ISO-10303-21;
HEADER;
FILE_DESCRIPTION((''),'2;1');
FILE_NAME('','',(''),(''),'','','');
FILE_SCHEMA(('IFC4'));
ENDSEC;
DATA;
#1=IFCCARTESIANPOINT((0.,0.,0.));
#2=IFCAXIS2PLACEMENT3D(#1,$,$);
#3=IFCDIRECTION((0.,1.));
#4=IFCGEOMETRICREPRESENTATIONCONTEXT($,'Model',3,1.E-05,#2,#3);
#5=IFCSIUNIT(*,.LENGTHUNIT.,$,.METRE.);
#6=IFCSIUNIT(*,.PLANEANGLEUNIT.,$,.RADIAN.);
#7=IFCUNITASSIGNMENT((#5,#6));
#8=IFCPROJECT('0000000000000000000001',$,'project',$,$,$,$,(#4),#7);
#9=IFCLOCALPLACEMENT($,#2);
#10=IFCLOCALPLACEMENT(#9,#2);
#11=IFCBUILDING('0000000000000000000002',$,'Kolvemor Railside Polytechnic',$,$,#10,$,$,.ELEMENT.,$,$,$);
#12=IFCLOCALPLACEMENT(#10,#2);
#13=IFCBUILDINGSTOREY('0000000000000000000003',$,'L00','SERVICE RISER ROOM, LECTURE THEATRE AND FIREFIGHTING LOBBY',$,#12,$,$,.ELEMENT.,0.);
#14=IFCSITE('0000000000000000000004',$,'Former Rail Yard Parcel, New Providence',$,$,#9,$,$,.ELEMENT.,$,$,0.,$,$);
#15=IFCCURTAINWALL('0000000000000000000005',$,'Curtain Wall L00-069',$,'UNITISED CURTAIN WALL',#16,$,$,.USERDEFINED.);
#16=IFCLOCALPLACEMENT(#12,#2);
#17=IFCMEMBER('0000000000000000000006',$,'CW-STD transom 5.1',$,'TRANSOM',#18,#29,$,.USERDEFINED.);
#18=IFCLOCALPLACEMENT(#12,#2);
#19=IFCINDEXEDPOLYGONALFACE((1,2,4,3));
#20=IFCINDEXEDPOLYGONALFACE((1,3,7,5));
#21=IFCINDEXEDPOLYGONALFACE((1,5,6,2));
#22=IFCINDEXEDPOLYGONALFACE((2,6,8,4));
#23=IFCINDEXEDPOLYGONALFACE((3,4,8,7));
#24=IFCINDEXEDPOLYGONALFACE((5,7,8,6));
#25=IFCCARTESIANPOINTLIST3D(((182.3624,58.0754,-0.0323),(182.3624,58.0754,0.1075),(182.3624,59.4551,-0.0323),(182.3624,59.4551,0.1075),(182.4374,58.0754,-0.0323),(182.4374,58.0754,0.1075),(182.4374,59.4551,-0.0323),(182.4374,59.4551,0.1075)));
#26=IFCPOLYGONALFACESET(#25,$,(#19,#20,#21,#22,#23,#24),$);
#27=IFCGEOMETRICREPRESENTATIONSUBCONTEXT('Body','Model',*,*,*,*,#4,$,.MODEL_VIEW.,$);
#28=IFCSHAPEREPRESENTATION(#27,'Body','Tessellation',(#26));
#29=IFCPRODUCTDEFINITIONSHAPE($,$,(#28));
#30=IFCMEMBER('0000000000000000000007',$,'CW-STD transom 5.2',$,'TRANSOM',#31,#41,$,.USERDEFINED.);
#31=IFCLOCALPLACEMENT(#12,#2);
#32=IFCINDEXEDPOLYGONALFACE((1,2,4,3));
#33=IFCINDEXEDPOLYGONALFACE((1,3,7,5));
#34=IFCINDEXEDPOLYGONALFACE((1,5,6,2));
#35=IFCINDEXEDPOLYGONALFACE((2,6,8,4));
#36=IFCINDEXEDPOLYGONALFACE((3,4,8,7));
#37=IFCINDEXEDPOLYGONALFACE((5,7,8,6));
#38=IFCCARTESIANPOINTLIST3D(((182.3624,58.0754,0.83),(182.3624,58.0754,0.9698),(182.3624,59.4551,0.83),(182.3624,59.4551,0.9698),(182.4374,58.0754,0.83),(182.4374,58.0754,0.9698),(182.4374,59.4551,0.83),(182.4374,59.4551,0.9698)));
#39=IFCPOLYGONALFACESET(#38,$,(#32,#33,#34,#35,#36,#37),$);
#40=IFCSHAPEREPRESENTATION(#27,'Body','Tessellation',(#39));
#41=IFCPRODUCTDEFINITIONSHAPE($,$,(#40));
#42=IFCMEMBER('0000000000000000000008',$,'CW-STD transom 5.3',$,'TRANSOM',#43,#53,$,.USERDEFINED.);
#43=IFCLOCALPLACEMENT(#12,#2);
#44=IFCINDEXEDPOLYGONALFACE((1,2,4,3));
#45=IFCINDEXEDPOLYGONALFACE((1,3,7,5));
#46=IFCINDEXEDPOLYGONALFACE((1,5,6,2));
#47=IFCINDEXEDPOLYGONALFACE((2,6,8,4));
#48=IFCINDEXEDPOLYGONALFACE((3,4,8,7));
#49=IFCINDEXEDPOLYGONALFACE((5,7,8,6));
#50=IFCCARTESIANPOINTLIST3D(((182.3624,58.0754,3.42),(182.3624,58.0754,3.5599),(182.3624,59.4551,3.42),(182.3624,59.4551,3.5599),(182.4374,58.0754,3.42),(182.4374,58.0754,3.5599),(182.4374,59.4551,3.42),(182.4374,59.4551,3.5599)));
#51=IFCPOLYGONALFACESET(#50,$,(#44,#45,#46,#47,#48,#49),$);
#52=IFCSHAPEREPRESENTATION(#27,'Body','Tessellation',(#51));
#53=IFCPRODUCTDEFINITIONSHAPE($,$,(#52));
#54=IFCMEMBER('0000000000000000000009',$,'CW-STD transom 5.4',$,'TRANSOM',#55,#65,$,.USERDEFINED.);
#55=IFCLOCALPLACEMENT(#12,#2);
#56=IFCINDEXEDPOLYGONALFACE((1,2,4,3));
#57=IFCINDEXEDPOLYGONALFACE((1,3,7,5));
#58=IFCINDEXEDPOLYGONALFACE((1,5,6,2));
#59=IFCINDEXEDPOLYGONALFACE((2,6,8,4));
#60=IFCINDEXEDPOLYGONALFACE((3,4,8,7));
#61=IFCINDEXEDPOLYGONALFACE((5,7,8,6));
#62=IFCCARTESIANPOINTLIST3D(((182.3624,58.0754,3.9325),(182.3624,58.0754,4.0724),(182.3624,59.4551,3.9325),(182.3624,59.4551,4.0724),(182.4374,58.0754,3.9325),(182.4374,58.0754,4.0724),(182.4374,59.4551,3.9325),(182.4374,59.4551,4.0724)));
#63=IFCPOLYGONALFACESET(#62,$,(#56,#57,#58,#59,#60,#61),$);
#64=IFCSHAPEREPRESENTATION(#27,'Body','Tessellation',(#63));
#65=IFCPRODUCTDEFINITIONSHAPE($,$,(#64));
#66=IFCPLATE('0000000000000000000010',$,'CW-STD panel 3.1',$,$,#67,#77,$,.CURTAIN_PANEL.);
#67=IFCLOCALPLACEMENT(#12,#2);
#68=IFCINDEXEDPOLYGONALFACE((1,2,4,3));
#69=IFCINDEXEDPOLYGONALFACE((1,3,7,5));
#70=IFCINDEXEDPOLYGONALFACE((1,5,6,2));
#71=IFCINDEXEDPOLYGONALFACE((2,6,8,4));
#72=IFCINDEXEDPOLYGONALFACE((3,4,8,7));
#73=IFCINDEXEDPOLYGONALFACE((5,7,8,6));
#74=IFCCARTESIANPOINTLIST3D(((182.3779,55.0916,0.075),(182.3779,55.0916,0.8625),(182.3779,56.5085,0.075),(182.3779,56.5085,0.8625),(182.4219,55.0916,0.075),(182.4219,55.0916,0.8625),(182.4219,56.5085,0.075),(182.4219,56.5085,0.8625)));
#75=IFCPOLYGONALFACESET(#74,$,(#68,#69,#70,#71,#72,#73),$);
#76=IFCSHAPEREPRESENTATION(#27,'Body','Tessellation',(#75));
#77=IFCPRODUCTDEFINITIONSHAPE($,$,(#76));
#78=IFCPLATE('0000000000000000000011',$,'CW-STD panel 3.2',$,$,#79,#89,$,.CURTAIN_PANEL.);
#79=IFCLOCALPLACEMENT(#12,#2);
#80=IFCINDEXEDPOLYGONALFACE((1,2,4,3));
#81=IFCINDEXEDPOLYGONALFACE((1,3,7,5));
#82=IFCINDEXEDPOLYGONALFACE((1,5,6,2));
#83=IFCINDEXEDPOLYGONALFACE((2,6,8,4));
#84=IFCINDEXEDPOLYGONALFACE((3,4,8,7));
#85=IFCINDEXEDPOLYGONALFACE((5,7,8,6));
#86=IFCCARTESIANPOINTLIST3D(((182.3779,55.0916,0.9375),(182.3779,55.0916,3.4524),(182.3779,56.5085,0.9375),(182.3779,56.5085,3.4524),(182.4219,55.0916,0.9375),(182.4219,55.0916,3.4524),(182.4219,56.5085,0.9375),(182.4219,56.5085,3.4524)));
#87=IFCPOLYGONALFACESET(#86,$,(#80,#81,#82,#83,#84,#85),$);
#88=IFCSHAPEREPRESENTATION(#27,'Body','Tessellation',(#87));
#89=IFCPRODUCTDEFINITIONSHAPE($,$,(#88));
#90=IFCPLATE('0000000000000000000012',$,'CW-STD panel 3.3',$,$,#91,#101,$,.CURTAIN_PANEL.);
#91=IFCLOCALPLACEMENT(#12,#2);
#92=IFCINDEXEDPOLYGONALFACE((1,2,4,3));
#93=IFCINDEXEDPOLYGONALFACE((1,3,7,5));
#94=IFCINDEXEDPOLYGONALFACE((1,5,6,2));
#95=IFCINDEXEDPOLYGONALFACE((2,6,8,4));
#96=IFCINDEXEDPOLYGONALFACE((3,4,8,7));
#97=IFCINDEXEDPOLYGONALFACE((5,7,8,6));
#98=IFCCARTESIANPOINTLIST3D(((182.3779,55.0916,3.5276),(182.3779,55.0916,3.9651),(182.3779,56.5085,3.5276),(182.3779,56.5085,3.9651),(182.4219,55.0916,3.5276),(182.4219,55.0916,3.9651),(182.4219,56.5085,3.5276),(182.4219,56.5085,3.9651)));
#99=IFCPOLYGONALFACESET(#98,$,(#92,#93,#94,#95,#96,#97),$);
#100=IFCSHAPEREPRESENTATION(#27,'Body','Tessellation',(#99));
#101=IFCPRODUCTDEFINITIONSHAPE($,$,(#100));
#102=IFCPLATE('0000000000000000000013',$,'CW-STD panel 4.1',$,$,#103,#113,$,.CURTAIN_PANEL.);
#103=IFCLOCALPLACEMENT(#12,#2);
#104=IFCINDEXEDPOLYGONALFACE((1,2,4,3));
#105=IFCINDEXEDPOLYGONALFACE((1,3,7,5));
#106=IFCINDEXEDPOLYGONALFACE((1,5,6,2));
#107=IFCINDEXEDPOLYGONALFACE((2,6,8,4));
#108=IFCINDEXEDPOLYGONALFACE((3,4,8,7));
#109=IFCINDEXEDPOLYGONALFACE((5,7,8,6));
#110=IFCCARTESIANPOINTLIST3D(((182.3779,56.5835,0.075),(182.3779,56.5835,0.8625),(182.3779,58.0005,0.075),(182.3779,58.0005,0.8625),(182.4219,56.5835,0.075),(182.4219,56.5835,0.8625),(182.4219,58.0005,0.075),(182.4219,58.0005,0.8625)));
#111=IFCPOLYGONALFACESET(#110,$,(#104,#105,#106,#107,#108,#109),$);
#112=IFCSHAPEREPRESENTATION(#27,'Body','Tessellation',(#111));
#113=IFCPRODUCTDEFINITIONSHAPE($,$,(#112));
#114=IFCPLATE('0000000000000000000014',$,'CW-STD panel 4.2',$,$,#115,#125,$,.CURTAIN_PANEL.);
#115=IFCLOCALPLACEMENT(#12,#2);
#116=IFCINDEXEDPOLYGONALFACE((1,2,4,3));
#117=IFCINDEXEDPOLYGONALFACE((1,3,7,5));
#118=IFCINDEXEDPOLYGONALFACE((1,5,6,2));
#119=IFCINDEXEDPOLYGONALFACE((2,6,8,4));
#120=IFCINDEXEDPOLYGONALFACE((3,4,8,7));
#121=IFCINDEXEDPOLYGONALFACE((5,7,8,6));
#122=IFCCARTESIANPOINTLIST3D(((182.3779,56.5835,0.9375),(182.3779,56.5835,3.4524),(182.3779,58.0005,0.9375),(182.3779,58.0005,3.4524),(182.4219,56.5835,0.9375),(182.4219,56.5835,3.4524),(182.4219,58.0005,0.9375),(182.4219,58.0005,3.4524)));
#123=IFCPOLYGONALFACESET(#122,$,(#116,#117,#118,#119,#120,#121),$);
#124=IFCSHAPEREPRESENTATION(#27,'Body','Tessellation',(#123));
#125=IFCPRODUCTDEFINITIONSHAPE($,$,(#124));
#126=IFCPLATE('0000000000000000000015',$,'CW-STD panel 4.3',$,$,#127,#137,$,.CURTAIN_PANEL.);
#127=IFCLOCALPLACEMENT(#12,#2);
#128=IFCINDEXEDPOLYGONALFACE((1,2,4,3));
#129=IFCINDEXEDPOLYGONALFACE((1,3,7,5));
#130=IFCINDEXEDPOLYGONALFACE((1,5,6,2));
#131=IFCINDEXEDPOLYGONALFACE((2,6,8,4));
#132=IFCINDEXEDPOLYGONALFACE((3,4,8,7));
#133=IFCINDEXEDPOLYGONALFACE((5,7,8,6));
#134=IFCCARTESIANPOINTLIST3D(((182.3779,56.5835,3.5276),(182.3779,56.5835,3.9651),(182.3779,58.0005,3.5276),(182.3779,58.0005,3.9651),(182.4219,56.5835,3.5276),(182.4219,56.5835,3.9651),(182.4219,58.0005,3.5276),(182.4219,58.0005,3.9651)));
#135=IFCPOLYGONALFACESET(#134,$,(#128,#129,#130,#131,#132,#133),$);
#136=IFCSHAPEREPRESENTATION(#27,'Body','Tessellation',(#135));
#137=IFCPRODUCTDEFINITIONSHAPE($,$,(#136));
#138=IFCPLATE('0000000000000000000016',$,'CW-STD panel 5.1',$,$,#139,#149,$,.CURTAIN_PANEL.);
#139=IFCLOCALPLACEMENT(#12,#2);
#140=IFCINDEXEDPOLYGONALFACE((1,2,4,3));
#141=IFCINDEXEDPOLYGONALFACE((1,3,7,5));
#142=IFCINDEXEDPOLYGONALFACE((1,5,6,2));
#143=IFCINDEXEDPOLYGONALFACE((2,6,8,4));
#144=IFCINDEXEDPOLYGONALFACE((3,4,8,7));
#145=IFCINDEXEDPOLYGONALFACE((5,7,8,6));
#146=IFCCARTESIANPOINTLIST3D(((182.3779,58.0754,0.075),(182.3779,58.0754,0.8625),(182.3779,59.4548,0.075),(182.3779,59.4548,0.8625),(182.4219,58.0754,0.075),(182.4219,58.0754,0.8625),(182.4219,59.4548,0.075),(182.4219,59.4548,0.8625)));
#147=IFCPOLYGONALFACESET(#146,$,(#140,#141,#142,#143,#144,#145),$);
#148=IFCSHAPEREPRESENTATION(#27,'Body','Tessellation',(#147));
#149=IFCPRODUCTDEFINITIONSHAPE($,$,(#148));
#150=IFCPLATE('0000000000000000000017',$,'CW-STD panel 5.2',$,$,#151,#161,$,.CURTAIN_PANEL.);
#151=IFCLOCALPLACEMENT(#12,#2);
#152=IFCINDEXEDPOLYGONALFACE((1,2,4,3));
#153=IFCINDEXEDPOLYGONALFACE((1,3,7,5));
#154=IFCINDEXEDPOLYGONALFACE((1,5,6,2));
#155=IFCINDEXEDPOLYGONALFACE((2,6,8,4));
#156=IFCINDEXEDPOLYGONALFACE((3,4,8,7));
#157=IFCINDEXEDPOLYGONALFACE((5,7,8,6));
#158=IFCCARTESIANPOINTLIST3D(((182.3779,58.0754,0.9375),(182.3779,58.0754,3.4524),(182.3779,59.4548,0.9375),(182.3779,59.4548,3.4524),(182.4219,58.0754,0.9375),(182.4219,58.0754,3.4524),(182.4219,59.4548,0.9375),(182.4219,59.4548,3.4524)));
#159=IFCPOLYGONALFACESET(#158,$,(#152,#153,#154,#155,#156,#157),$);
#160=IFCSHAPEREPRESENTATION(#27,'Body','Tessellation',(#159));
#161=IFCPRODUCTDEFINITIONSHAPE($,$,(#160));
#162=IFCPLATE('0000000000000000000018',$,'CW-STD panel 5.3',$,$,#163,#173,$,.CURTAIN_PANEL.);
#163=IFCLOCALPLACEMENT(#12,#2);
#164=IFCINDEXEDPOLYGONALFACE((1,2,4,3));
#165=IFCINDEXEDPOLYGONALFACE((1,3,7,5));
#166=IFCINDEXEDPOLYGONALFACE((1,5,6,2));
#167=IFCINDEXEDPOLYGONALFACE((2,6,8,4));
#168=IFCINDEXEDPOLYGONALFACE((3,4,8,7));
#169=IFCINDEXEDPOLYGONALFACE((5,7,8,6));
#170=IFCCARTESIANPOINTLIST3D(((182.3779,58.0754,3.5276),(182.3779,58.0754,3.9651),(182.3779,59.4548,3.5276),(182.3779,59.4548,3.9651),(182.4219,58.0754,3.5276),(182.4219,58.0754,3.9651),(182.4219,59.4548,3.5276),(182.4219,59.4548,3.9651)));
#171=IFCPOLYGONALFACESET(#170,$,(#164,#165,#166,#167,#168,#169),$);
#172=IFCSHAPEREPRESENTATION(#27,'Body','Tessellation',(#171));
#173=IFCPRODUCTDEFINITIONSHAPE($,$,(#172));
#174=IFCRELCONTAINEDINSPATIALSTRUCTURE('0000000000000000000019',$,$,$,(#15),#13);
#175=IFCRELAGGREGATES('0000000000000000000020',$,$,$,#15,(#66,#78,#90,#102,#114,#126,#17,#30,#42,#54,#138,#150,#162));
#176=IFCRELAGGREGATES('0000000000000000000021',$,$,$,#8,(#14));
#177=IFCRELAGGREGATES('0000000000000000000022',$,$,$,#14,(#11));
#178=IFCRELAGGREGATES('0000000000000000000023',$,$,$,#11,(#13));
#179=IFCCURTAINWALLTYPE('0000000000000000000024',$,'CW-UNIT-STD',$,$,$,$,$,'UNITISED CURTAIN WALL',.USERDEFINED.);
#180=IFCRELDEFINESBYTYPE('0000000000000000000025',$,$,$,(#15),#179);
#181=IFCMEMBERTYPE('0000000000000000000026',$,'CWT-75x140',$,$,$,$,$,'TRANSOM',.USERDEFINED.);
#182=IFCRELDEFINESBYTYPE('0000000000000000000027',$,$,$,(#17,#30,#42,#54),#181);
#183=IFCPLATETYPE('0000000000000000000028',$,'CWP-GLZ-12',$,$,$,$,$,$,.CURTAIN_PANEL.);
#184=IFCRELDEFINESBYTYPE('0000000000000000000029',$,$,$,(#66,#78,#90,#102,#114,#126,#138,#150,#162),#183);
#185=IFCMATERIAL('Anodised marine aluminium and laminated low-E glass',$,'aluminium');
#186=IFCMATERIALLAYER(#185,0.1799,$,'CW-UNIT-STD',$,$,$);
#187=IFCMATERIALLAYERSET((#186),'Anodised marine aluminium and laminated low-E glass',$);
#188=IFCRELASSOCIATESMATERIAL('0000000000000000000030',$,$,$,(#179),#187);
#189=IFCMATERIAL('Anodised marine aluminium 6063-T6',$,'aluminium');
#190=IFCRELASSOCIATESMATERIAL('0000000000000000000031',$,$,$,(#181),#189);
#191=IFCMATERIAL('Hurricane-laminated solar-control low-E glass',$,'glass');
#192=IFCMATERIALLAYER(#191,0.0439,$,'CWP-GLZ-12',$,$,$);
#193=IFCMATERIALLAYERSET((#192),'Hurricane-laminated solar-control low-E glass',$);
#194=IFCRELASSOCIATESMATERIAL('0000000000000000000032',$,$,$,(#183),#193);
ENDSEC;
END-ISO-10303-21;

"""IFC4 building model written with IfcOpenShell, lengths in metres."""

from ifc_helpers import new_model, si_unit, direction, frame, origin, origin_2d, place, context, subcontext, project, spatial, rectangle, extrude, material, layer, layer_set, material_profile, profile_set, type_object, element, aggregate, save


model = new_model("IFC4")

# Units and contexts
model_context = context("Model", 3, precision=1e-05, world=origin(), true_north=direction((0.0, 1.0)))
body_context = subcontext(model_context, "Body", "Model", "MODEL_VIEW")
ifc_project = project(units=[si_unit("LENGTHUNIT", "METRE"), si_unit("PLANEANGLEUNIT", "RADIAN")], contexts=[model_context])

# Site, building, storey
site_placement = place(None, origin())
site = spatial("IfcSite", under=ifc_project, at=site_placement, Name="Former Rail Yard Parcel, New Providence", CompositionType="ELEMENT", RefElevation=0.0)
building_placement = place(site_placement, origin())
building = spatial("IfcBuilding", under=site, at=building_placement, Name="Kolvemor Railside Polytechnic", CompositionType="ELEMENT")
storey_placement = place(building_placement, origin())
storey = spatial("IfcBuildingStorey", under=building, at=storey_placement, Name="L00", Description="SERVICE RISER ROOM, LECTURE THEATRE AND FIREFIGHTING LOBBY", CompositionType="ELEMENT", Elevation=0.0)

# Curtain wall, members, plates
ifc_material_1 = material(Name="Anodised marine aluminium and laminated low-E glass", Category="aluminium")
ifc_layer_1 = layer(ifc_material_1, 0.1799, Name="CW-UNIT-STD")
ifc_layer_set_1 = layer_set([ifc_layer_1], Name="Anodised marine aluminium and laminated low-E glass")
curtain_wall_type = type_object("IfcCurtainWallType", Name="CW-UNIT-STD", ElementType="UNITISED CURTAIN WALL", PredefinedType="USERDEFINED", material=ifc_layer_set_1)
curtain_wall_placement = place(storey_placement, origin())
curtain_wall = element("IfcCurtainWall", 1, at=curtain_wall_placement, inside=storey, type_object=curtain_wall_type, Name="Curtain Wall L00-069", ObjectType="UNITISED CURTAIN WALL", PredefinedType="USERDEFINED")
ifc_material_2 = material(Name="Anodised marine aluminium 6063-T6", Category="aluminium")
ifc_material_profile_1 = material_profile(ifc_material_2, rectangle(XDim=0.075, YDim=0.1399, at=origin_2d()), Name="CW-TRN-75x140")
ifc_profile_set_1 = profile_set([ifc_material_profile_1], Name="Anodised marine aluminium 6063-T6")
member_type_1 = type_object("IfcMemberType", Name="CWT-75x140", ElementType="TRANSOM", PredefinedType="USERDEFINED", material=ifc_profile_set_1)
member_1_placement = place(storey_placement, frame((182.3999, 58.0754, 0.0376), z_axis=(0.0, 1.0, 0.0), x_axis=(-1.0, 0.0, 0.0)))
member_1 = element("IfcMember", 2, at=member_1_placement, type_object=member_type_1, Name="CW-STD transom 5.1", ObjectType="TRANSOM", PredefinedType="USERDEFINED", context=body_context, shape_type="SweptSolid", body=[
    extrude(rectangle(XDim=0.075, YDim=0.1399, at=origin_2d()), origin(), (0.0, 0.0, 1.0), 1.3796),
])
member_2_placement = place(storey_placement, frame((182.3999, 58.0754, 0.8999), z_axis=(0.0, 1.0, 0.0), x_axis=(-1.0, 0.0, 0.0)))
member_2 = element("IfcMember", 3, at=member_2_placement, type_object=member_type_1, Name="CW-STD transom 5.2", ObjectType="TRANSOM", PredefinedType="USERDEFINED", context=body_context, shape_type="SweptSolid", body=[
    extrude(rectangle(XDim=0.075, YDim=0.1399, at=origin_2d()), origin(), (0.0, 0.0, 1.0), 1.3796),
])
member_3_placement = place(storey_placement, frame((182.3999, 58.0754, 3.49), z_axis=(0.0, 1.0, 0.0), x_axis=(-1.0, 0.0, 0.0)))
member_3 = element("IfcMember", 4, at=member_3_placement, type_object=member_type_1, Name="CW-STD transom 5.3", ObjectType="TRANSOM", PredefinedType="USERDEFINED", context=body_context, shape_type="SweptSolid", body=[
    extrude(rectangle(XDim=0.075, YDim=0.1399, at=origin_2d()), origin(), (0.0, 0.0, 1.0), 1.3796),
])
member_4_placement = place(storey_placement, frame((182.3999, 58.0754, 4.0024), z_axis=(0.0, 1.0, 0.0), x_axis=(-1.0, 0.0, 0.0)))
member_4 = element("IfcMember", 5, at=member_4_placement, type_object=member_type_1, Name="CW-STD transom 5.4", ObjectType="TRANSOM", PredefinedType="USERDEFINED", context=body_context, shape_type="SweptSolid", body=[
    extrude(rectangle(XDim=0.075, YDim=0.1399, at=origin_2d()), origin(), (0.0, 0.0, 1.0), 1.3796),
])
ifc_material_3 = material(Name="Hurricane-laminated solar-control low-E glass", Category="glass")
ifc_layer_2 = layer(ifc_material_3, 0.0439, Name="CWP-GLZ-12")
ifc_layer_set_2 = layer_set([ifc_layer_2], Name="Hurricane-laminated solar-control low-E glass")
plate_type = type_object("IfcPlateType", Name="CWP-GLZ-12", PredefinedType="CURTAIN_PANEL", material=ifc_layer_set_2)
plate_1_placement = place(storey_placement, frame((182.3999, 55.8, 0.075), z_axis=(0.0, 0.0, 1.0), x_axis=(0.0, 1.0, 0.0)))
plate_1 = element("IfcPlate", 6, at=plate_1_placement, type_object=plate_type, Name="CW-STD panel 3.1", PredefinedType="CURTAIN_PANEL", context=body_context, shape_type="SweptSolid", body=[
    extrude(rectangle(XDim=1.417, YDim=0.0439, at=origin_2d()), origin(), (0.0, 0.0, 1.0), 0.7876),
])
plate_2_placement = place(storey_placement, frame((182.3999, 55.8, 0.9375), z_axis=(0.0, 0.0, 1.0), x_axis=(0.0, 1.0, 0.0)))
plate_2 = element("IfcPlate", 7, at=plate_2_placement, type_object=plate_type, Name="CW-STD panel 3.2", PredefinedType="CURTAIN_PANEL", context=body_context, shape_type="SweptSolid", body=[
    extrude(rectangle(XDim=1.417, YDim=0.0439, at=origin_2d()), origin(), (0.0, 0.0, 1.0), 2.5149),
])
plate_3_placement = place(storey_placement, frame((182.3999, 55.8, 3.5276), z_axis=(0.0, 0.0, 1.0), x_axis=(0.0, 1.0, 0.0)))
plate_3 = element("IfcPlate", 8, at=plate_3_placement, type_object=plate_type, Name="CW-STD panel 3.3", PredefinedType="CURTAIN_PANEL", context=body_context, shape_type="SweptSolid", body=[
    extrude(rectangle(XDim=1.417, YDim=0.0439, at=origin_2d()), origin(), (0.0, 0.0, 1.0), 0.4375),
])
plate_4_placement = place(storey_placement, frame((182.3999, 57.292, 0.075), z_axis=(0.0, 0.0, 1.0), x_axis=(0.0, 1.0, 0.0)))
plate_4 = element("IfcPlate", 9, at=plate_4_placement, type_object=plate_type, Name="CW-STD panel 4.1", PredefinedType="CURTAIN_PANEL", context=body_context, shape_type="SweptSolid", body=[
    extrude(rectangle(XDim=1.417, YDim=0.0439, at=origin_2d()), origin(), (0.0, 0.0, 1.0), 0.7876),
])
plate_5_placement = place(storey_placement, frame((182.3999, 57.292, 0.9375), z_axis=(0.0, 0.0, 1.0), x_axis=(0.0, 1.0, 0.0)))
plate_5 = element("IfcPlate", 10, at=plate_5_placement, type_object=plate_type, Name="CW-STD panel 4.2", PredefinedType="CURTAIN_PANEL", context=body_context, shape_type="SweptSolid", body=[
    extrude(rectangle(XDim=1.417, YDim=0.0439, at=origin_2d()), origin(), (0.0, 0.0, 1.0), 2.5149),
])
plate_6_placement = place(storey_placement, frame((182.3999, 57.292, 3.5276), z_axis=(0.0, 0.0, 1.0), x_axis=(0.0, 1.0, 0.0)))
plate_6 = element("IfcPlate", 11, at=plate_6_placement, type_object=plate_type, Name="CW-STD panel 4.3", PredefinedType="CURTAIN_PANEL", context=body_context, shape_type="SweptSolid", body=[
    extrude(rectangle(XDim=1.417, YDim=0.0439, at=origin_2d()), origin(), (0.0, 0.0, 1.0), 0.4375),
])
plate_7_placement = place(storey_placement, frame((182.3999, 58.7651, 0.075), z_axis=(0.0, 0.0, 1.0), x_axis=(0.0, 1.0, 0.0)))
plate_7 = element("IfcPlate", 12, at=plate_7_placement, type_object=plate_type, Name="CW-STD panel 5.1", PredefinedType="CURTAIN_PANEL", context=body_context, shape_type="SweptSolid", body=[
    extrude(rectangle(XDim=1.3794, YDim=0.0439, at=origin_2d()), origin(), (0.0, 0.0, 1.0), 0.7876),
])
plate_8_placement = place(storey_placement, frame((182.3999, 58.7651, 0.9375), z_axis=(0.0, 0.0, 1.0), x_axis=(0.0, 1.0, 0.0)))
plate_8 = element("IfcPlate", 13, at=plate_8_placement, type_object=plate_type, Name="CW-STD panel 5.2", PredefinedType="CURTAIN_PANEL", context=body_context, shape_type="SweptSolid", body=[
    extrude(rectangle(XDim=1.3794, YDim=0.0439, at=origin_2d()), origin(), (0.0, 0.0, 1.0), 2.5149),
])
plate_9_placement = place(storey_placement, frame((182.3999, 58.7651, 3.5276), z_axis=(0.0, 0.0, 1.0), x_axis=(0.0, 1.0, 0.0)))
plate_9 = element("IfcPlate", 14, at=plate_9_placement, type_object=plate_type, Name="CW-STD panel 5.3", PredefinedType="CURTAIN_PANEL", context=body_context, shape_type="SweptSolid", body=[
    extrude(rectangle(XDim=1.3794, YDim=0.0439, at=origin_2d()), origin(), (0.0, 0.0, 1.0), 0.4375),
])
aggregate(curtain_wall, [plate_1, plate_2, plate_3, plate_4, plate_5, plate_6, member_1, member_2, member_3, member_4, plate_7, plate_8, plate_9])

save(model, "model.ifc")
